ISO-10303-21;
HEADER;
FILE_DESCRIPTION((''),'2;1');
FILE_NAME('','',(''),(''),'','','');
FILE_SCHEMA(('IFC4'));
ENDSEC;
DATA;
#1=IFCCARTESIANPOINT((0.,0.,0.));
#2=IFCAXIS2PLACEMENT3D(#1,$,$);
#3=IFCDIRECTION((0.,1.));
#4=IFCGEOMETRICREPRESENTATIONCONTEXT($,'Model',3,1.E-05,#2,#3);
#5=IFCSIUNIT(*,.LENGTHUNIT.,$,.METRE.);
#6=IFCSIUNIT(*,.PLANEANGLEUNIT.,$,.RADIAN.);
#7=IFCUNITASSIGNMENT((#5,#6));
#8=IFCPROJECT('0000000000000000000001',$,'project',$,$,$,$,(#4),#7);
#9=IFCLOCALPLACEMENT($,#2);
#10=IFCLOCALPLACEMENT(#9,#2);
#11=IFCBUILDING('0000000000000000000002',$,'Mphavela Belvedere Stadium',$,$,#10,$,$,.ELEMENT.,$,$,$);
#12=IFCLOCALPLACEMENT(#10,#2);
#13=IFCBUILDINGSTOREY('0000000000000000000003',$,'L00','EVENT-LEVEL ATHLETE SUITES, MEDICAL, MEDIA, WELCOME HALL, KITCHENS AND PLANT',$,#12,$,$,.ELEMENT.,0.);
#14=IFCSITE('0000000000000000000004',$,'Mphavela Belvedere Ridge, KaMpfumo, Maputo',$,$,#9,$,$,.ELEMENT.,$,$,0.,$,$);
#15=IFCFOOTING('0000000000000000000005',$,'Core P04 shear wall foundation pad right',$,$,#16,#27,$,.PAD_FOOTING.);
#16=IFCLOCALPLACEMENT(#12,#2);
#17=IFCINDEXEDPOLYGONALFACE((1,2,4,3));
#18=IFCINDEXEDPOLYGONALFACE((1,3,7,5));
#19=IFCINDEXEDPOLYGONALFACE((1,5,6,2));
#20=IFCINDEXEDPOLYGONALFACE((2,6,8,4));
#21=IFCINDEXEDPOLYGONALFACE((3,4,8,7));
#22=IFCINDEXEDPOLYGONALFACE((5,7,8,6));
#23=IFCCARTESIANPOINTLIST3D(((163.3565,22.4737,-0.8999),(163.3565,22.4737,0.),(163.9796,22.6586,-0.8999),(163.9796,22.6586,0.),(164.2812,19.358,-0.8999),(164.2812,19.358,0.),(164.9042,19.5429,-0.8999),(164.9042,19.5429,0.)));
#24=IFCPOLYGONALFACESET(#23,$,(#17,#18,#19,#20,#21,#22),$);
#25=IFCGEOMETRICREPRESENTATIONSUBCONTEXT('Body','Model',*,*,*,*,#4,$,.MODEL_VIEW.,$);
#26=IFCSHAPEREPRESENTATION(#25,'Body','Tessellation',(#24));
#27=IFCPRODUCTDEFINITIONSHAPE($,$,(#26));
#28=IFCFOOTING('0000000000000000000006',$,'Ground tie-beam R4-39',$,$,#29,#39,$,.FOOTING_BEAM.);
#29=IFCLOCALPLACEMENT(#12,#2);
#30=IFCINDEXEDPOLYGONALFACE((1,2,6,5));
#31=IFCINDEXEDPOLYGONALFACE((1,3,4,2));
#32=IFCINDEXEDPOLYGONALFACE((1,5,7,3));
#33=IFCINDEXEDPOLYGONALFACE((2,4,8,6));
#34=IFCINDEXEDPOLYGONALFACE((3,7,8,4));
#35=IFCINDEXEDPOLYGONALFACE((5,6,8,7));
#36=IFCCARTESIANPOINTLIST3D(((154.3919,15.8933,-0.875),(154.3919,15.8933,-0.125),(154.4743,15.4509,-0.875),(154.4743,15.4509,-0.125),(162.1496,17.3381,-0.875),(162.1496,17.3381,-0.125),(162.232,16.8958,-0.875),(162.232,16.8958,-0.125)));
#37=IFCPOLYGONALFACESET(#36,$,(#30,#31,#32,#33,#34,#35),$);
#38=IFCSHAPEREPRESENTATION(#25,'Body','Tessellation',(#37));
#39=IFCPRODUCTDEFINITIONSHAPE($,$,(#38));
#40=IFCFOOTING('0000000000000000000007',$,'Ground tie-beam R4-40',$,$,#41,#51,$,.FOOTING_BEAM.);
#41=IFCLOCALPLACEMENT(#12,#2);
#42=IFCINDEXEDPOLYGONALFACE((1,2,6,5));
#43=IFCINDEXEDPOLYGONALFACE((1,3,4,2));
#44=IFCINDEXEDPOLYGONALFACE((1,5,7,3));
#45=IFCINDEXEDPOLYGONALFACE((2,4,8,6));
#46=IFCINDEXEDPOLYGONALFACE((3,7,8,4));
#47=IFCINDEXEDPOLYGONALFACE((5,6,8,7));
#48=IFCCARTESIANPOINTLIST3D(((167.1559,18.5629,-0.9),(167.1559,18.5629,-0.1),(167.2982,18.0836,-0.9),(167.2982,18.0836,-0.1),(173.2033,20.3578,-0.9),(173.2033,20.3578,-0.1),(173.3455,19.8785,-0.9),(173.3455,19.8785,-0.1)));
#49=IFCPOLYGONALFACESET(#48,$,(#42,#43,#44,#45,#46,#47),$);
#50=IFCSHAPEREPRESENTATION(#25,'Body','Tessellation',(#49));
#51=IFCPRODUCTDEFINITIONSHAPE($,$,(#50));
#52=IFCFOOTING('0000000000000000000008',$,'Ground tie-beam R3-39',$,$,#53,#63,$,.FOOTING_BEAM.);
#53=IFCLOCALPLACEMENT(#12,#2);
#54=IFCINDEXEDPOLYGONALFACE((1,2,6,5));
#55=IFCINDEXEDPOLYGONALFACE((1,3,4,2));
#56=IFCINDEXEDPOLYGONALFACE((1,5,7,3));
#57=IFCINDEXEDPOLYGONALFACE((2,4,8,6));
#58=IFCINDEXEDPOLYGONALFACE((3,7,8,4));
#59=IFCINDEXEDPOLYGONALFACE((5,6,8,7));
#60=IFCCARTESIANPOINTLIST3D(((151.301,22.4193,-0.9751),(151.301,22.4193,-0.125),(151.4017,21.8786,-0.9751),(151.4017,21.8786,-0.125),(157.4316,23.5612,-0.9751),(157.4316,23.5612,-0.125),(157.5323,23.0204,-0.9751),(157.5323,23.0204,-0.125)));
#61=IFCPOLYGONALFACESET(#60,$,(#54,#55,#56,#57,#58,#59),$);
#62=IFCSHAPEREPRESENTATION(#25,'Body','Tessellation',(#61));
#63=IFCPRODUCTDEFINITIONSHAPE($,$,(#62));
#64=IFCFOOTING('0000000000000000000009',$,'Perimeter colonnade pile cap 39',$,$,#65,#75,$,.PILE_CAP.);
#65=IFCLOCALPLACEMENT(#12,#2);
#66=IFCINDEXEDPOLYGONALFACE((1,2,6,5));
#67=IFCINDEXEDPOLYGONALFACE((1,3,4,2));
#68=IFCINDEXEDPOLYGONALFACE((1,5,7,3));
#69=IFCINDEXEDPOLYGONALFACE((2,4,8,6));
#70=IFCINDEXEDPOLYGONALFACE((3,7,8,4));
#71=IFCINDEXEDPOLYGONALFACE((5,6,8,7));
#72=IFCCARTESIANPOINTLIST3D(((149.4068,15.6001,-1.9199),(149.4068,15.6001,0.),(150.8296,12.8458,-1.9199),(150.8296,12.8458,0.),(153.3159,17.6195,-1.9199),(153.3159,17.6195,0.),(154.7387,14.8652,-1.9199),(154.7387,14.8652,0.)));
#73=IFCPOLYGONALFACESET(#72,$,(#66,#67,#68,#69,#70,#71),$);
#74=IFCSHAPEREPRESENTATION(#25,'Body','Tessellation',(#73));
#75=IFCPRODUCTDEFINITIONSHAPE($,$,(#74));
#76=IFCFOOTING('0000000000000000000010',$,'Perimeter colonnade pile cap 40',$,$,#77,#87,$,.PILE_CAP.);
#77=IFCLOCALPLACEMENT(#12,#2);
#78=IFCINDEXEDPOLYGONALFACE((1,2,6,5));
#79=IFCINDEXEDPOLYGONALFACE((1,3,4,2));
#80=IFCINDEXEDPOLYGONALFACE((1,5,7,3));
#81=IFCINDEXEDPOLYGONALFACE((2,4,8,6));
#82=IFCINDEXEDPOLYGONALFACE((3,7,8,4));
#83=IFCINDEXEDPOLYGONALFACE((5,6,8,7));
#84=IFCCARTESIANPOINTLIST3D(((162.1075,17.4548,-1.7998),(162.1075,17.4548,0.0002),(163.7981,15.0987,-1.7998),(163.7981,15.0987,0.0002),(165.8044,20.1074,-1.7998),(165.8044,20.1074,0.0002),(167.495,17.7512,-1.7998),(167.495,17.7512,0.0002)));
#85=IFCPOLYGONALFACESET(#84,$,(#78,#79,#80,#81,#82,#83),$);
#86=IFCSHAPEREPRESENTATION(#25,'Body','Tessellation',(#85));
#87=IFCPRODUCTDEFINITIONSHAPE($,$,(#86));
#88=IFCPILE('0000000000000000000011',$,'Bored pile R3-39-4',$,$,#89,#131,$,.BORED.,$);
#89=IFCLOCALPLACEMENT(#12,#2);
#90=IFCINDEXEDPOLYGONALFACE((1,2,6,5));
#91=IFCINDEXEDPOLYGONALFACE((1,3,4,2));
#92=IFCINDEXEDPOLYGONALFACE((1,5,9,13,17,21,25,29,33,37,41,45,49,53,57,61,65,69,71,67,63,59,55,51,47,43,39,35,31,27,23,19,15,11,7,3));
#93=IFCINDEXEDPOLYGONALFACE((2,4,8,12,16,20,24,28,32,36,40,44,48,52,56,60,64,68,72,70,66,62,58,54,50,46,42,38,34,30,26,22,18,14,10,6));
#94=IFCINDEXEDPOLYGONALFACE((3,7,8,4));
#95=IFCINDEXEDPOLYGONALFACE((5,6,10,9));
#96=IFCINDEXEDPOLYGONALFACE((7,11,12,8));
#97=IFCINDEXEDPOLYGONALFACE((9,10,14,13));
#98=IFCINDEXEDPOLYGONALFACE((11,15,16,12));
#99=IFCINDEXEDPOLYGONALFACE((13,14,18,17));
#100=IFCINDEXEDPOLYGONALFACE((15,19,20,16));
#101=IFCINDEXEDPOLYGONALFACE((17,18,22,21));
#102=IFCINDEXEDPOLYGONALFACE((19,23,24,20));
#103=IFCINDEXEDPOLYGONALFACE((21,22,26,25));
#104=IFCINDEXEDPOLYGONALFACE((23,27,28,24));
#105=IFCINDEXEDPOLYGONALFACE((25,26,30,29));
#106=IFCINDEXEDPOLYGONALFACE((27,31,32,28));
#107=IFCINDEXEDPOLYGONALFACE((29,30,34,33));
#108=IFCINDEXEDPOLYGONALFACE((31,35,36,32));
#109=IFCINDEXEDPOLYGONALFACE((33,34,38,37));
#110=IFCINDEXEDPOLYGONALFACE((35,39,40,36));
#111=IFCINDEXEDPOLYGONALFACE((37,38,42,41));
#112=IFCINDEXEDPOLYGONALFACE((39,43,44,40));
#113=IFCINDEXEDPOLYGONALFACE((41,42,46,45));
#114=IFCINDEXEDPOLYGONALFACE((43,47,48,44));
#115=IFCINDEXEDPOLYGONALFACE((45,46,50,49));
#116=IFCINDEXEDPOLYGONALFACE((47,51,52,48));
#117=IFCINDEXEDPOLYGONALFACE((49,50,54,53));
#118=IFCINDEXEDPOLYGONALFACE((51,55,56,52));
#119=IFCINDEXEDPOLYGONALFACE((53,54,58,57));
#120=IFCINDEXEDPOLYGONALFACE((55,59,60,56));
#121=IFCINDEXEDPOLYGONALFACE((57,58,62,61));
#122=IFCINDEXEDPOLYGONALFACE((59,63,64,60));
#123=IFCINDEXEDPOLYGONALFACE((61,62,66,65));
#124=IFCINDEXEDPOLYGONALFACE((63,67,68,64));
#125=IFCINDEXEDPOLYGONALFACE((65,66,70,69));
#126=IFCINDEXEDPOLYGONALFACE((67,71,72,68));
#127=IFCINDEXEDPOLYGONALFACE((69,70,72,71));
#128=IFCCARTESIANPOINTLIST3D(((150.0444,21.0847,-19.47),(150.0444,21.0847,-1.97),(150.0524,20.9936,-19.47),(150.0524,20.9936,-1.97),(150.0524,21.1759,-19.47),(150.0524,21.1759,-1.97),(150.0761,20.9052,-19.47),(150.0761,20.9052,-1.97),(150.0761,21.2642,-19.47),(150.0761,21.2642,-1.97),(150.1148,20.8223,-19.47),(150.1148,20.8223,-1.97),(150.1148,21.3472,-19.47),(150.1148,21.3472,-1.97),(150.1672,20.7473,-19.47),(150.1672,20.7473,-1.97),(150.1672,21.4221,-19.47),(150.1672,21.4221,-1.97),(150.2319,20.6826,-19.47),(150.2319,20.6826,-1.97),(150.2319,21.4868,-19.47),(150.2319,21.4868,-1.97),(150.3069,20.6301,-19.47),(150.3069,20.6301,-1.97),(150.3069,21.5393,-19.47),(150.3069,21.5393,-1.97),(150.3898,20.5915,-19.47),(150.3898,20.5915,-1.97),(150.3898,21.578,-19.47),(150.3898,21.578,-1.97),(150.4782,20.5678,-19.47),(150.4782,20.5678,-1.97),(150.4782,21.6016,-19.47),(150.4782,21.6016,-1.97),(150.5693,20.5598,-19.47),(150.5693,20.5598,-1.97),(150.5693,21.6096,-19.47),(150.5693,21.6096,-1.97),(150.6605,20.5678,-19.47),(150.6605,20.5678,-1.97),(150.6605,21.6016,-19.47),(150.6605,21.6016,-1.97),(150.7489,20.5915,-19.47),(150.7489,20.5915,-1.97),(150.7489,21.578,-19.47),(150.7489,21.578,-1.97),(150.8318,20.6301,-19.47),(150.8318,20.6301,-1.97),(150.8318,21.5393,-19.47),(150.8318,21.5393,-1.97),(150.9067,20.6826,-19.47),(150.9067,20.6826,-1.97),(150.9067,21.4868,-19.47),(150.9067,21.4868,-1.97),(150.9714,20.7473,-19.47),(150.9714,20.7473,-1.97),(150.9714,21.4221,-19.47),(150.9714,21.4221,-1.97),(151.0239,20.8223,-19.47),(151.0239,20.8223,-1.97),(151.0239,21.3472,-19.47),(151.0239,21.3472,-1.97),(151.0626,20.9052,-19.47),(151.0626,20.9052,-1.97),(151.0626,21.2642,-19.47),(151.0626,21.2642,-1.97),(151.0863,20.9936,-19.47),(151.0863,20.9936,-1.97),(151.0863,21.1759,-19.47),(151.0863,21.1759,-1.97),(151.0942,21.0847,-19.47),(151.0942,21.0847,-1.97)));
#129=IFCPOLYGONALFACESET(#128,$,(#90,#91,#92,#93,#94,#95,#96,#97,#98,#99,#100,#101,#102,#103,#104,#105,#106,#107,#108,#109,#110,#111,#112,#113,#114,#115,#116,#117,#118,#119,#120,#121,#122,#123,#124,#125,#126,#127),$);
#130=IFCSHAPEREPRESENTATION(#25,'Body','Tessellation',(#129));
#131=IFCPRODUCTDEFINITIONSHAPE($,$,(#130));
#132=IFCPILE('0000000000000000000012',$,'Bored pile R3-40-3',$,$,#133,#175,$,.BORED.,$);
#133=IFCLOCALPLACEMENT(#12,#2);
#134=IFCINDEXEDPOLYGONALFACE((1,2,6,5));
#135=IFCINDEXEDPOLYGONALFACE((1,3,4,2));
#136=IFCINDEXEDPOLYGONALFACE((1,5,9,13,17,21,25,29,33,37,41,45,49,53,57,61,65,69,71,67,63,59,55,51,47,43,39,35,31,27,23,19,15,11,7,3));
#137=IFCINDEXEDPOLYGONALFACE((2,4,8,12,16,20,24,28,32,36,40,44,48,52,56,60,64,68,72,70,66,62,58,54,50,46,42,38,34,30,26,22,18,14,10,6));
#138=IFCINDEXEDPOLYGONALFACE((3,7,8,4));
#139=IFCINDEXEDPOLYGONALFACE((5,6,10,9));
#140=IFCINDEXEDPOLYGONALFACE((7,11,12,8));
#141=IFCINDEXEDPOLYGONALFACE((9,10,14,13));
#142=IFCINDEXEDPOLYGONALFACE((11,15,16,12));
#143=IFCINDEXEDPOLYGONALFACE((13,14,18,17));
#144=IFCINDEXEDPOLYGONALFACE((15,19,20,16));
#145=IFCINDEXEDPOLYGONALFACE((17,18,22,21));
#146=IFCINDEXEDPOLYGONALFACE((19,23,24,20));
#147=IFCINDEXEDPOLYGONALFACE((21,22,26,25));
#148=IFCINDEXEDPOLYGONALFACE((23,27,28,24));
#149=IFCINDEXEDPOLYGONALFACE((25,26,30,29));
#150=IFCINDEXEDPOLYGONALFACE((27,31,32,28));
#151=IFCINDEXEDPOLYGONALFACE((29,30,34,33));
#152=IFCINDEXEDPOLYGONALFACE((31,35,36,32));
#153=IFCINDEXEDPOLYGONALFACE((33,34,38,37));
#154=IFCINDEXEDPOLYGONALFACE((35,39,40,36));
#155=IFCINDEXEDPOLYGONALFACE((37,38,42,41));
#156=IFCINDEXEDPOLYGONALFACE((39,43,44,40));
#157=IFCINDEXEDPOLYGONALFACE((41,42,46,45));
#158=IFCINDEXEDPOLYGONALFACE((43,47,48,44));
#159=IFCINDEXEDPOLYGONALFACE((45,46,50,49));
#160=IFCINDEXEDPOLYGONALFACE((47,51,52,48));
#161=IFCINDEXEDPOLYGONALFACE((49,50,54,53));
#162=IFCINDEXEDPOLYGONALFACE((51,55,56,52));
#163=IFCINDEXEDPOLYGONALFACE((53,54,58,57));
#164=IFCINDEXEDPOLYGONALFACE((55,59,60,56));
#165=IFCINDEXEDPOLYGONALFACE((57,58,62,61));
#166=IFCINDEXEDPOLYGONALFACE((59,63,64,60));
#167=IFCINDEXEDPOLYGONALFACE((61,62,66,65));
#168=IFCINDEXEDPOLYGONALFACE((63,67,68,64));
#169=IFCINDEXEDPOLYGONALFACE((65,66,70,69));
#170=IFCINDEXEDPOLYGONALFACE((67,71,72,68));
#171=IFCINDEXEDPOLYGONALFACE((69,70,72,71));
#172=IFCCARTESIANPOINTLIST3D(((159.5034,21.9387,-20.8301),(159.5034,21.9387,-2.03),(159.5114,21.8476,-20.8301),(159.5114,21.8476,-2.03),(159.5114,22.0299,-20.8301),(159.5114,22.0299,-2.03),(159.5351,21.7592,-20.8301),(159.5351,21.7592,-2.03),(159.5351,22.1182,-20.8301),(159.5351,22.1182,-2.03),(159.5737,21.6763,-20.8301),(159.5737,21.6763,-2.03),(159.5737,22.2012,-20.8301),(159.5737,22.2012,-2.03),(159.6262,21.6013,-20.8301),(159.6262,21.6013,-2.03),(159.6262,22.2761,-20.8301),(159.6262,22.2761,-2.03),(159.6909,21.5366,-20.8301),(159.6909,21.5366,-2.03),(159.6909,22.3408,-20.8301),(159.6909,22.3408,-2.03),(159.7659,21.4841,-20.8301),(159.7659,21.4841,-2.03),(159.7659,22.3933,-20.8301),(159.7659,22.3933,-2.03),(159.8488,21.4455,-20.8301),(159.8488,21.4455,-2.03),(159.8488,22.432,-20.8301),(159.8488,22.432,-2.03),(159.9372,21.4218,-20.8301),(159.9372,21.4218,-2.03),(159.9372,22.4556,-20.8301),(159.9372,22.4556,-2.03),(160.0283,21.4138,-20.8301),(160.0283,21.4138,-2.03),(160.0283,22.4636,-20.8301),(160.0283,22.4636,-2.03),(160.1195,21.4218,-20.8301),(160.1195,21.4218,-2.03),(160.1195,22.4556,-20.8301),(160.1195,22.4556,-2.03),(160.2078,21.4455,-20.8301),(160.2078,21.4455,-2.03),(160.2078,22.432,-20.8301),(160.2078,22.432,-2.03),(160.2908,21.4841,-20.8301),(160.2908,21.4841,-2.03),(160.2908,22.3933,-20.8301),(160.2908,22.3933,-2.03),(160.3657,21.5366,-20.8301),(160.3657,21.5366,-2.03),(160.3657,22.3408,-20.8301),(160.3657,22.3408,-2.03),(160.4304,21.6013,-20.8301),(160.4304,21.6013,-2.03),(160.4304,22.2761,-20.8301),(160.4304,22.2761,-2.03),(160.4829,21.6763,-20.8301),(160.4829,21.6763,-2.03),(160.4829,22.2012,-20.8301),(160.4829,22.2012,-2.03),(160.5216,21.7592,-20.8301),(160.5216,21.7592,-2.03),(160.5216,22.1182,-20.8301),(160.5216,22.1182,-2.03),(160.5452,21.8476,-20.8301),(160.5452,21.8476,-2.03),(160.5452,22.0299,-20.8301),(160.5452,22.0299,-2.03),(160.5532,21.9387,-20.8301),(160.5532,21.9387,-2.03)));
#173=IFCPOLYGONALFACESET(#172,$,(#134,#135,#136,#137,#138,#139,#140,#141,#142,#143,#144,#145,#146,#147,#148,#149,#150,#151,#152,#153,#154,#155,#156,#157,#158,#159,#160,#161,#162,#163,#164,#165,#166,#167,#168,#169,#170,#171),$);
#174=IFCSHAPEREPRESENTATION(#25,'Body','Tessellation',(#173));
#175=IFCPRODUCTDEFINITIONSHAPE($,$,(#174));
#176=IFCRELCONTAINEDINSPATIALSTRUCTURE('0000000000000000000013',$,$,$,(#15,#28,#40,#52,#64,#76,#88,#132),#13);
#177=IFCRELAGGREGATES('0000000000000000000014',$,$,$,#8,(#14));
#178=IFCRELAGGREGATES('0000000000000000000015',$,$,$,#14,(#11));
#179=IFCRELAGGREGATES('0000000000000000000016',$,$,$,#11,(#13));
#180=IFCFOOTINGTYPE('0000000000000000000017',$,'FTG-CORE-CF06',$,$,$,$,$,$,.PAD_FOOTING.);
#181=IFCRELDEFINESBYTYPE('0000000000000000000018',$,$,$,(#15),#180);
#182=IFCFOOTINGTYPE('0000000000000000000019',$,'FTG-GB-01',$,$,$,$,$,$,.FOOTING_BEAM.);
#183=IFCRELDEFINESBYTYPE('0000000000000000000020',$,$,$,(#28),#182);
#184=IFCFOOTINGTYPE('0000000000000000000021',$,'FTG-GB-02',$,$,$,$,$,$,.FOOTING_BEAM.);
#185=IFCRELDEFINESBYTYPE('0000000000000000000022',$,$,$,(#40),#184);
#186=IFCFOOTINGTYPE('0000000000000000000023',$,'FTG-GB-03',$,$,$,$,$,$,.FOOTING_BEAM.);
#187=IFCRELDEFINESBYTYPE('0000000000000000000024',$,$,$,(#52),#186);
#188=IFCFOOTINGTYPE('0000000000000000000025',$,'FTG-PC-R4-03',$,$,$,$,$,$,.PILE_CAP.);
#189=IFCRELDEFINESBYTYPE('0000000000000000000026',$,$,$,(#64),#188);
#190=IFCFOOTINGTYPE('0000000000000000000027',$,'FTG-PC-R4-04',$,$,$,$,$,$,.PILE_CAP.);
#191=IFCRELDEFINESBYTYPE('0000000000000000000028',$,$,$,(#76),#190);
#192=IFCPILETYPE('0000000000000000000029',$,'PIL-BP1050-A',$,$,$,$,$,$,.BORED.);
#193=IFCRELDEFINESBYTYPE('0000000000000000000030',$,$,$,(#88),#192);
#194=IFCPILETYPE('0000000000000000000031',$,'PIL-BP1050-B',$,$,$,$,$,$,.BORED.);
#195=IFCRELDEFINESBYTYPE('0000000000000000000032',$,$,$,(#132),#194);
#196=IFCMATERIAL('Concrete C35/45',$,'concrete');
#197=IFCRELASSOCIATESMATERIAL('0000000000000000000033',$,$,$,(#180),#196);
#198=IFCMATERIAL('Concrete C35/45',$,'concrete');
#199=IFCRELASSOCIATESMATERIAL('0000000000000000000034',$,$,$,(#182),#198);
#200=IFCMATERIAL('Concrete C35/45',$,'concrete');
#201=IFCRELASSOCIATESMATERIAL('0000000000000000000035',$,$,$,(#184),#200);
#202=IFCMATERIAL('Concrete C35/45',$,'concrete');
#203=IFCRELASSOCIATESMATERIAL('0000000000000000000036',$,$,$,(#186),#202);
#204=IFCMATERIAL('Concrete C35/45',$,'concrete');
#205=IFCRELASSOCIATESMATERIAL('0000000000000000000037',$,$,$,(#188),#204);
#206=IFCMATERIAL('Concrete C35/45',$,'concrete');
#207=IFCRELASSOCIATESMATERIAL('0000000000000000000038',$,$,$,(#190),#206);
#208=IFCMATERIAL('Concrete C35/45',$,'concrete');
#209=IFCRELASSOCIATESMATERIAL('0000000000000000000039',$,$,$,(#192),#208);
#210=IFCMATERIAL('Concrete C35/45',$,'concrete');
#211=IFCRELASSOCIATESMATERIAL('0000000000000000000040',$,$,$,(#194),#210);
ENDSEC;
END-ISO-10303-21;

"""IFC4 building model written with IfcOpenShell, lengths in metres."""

from ifc_helpers import new_model, si_unit, direction, frame, origin, origin_2d, place, context, subcontext, project, spatial, rectangle, circle, extrude, material, material_profile, profile_set, type_object, element, save


model = new_model("IFC4")

# Units and contexts
model_context = context("Model", 3, precision=1e-05, world=origin(), true_north=direction((0.0, 1.0)))
body_context = subcontext(model_context, "Body", "Model", "MODEL_VIEW")
ifc_project = project(units=[si_unit("LENGTHUNIT", "METRE"), si_unit("PLANEANGLEUNIT", "RADIAN")], contexts=[model_context])

# Site, building, storey
site_placement = place(None, origin())
site = spatial("IfcSite", under=ifc_project, at=site_placement, Name="Mphavela Belvedere Ridge, KaMpfumo, Maputo", CompositionType="ELEMENT", RefElevation=0.0)
building_placement = place(site_placement, origin())
building = spatial("IfcBuilding", under=site, at=building_placement, Name="Mphavela Belvedere Stadium", CompositionType="ELEMENT")
storey_placement = place(building_placement, origin())
storey = spatial("IfcBuildingStorey", under=building, at=storey_placement, Name="L00", Description="EVENT-LEVEL ATHLETE SUITES, MEDICAL, MEDIA, WELCOME HALL, KITCHENS AND PLANT", CompositionType="ELEMENT", Elevation=0.0)

# Footings
ifc_material_1 = material(Name="Concrete C35/45", Category="concrete")
footing_type_1 = type_object("IfcFootingType", Name="FTG-CORE-CF06", PredefinedType="PAD_FOOTING", material=ifc_material_1)
footing_1_placement = place(storey_placement, frame((164.1304, 21.0083, -0.8999), z_axis=(0.0, 0.0, 1.0), x_axis=(0.284517, -0.958671, 0.0)))
element("IfcFooting", 1, at=footing_1_placement, inside=storey, type_object=footing_type_1, Name="Core P04 shear wall foundation pad right", PredefinedType="PAD_FOOTING", context=body_context, shape_type="SweptSolid", body=[
    extrude(rectangle(XDim=3.25, YDim=0.6499, at=origin_2d()), origin(), (0.0, 0.0, 1.0), 0.8999),
])
ifc_material_2 = material(Name="Concrete C35/45", Category="concrete")
ifc_material_profile_1 = material_profile(ifc_material_2, rectangle(XDim=0.45, YDim=0.75, at=origin_2d()), Name="GB 450x750")
ifc_profile_set_1 = profile_set([ifc_material_profile_1], Name="Concrete C35/45")
footing_type_2 = type_object("IfcFootingType", Name="FTG-GB-01", PredefinedType="FOOTING_BEAM", material=ifc_profile_set_1)
footing_2_placement = place(storey_placement, frame((154.4331, 15.6721, -0.5), z_axis=(0.983096, 0.183093, 0.0), x_axis=(-0.183093, 0.983096, 0.0)))
element("IfcFooting", 2, at=footing_2_placement, inside=storey, type_object=footing_type_2, Name="Ground tie-beam R4-39", PredefinedType="FOOTING_BEAM", context=body_context, shape_type="SweptSolid", body=[
    extrude(rectangle(XDim=0.45, YDim=0.75, at=origin_2d()), origin(), (0.0, 0.0, 1.0), 7.8911),
])
ifc_material_3 = material(Name="Concrete C35/45", Category="concrete")
ifc_material_profile_2 = material_profile(ifc_material_3, rectangle(XDim=0.5, YDim=0.8, at=origin_2d()), Name="GB 500x800")
ifc_profile_set_2 = profile_set([ifc_material_profile_2], Name="Concrete C35/45")
footing_type_3 = type_object("IfcFootingType", Name="FTG-GB-02", PredefinedType="FOOTING_BEAM", material=ifc_profile_set_2)
footing_3_placement = place(storey_placement, frame((167.2271, 18.3232, -0.5), z_axis=(0.958664, 0.284542, 0.0), x_axis=(-0.284542, 0.958664, 0.0)))
element("IfcFooting", 3, at=footing_3_placement, inside=storey, type_object=footing_type_3, Name="Ground tie-beam R4-40", PredefinedType="FOOTING_BEAM", context=body_context, shape_type="SweptSolid", body=[
    extrude(rectangle(XDim=0.5, YDim=0.8, at=origin_2d()), origin(), (0.0, 0.0, 1.0), 6.3081),
])
ifc_material_4 = material(Name="Concrete C35/45", Category="concrete")
ifc_material_profile_3 = material_profile(ifc_material_4, rectangle(XDim=0.55, YDim=0.8501, at=origin_2d()), Name="GB 550x850")
ifc_profile_set_3 = profile_set([ifc_material_profile_3], Name="Concrete C35/45")
footing_type_4 = type_object("IfcFootingType", Name="FTG-GB-03", PredefinedType="FOOTING_BEAM", material=ifc_profile_set_3)
footing_4_placement = place(storey_placement, frame((151.3513, 22.1489, -0.55), z_axis=(0.983094, 0.183104, 0.0), x_axis=(-0.183104, 0.983094, 0.0)))
element("IfcFooting", 4, at=footing_4_placement, inside=storey, type_object=footing_type_4, Name="Ground tie-beam R3-39", PredefinedType="FOOTING_BEAM", context=body_context, shape_type="SweptSolid", body=[
    extrude(rectangle(XDim=0.55, YDim=0.8501, at=origin_2d()), origin(), (0.0, 0.0, 1.0), 6.2361),
])
ifc_material_5 = material(Name="Concrete C35/45", Category="concrete")
footing_type_5 = type_object("IfcFootingType", Name="FTG-PC-R4-03", PredefinedType="PILE_CAP", material=ifc_material_5)
footing_5_placement = place(storey_placement, frame((152.0728, 15.2327, -1.9199), z_axis=(0.0, 0.0, 1.0), x_axis=(0.888457, 0.45896, 0.0)))
element("IfcFooting", 5, at=footing_5_placement, inside=storey, type_object=footing_type_5, Name="Perimeter colonnade pile cap 39", PredefinedType="PILE_CAP", context=body_context, shape_type="SweptSolid", body=[
    extrude(rectangle(XDim=4.3999, YDim=3.1001, at=origin_2d()), origin(), (0.0, 0.0, 1.0), 1.9199),
])
ifc_material_6 = material(Name="Concrete C35/45", Category="concrete")
footing_type_6 = type_object("IfcFootingType", Name="FTG-PC-R4-04", PredefinedType="PILE_CAP", material=ifc_material_6)
footing_6_placement = place(storey_placement, frame((164.8013, 17.603, -1.7998), z_axis=(0.0, 0.0, 1.0), x_axis=(0.812491, 0.582974, 0.0)))
element("IfcFooting", 6, at=footing_6_placement, inside=storey, type_object=footing_type_6, Name="Perimeter colonnade pile cap 40", PredefinedType="PILE_CAP", context=body_context, shape_type="SweptSolid", body=[
    extrude(rectangle(XDim=4.55, YDim=2.8999, at=origin_2d()), origin(), (0.0, 0.0, 1.0), 1.8),
])

# Piles
ifc_material_7 = material(Name="Concrete C35/45", Category="concrete")
ifc_material_profile_4 = material_profile(ifc_material_7, circle(Radius=0.5249, at=origin_2d()), Name="BP D1050")
ifc_profile_set_4 = profile_set([ifc_material_profile_4], Name="Concrete C35/45")
pile_type_1 = type_object("IfcPileType", Name="PIL-BP1050-A", PredefinedType="BORED", material=ifc_profile_set_4)
pile_1_placement = place(storey_placement, frame((150.5693, 21.0847, -1.97), z_axis=(0.0, 0.0, -1.0), x_axis=(1.0, 0.0, 0.0)))
element("IfcPile", 7, at=pile_1_placement, inside=storey, type_object=pile_type_1, Name="Bored pile R3-39-4", PredefinedType="BORED", context=body_context, shape_type="SweptSolid", body=[
    extrude(circle(Radius=0.5249, at=origin_2d()), origin(), (0.0, 0.0, 1.0), 17.5),
])
ifc_material_8 = material(Name="Concrete C35/45", Category="concrete")
ifc_material_profile_5 = material_profile(ifc_material_8, circle(Radius=0.5249, at=origin_2d()), Name="BP D1050")
ifc_profile_set_5 = profile_set([ifc_material_profile_5], Name="Concrete C35/45")
pile_type_2 = type_object("IfcPileType", Name="PIL-BP1050-B", PredefinedType="BORED", material=ifc_profile_set_5)
pile_2_placement = place(storey_placement, frame((160.0283, 21.9387, -2.03), z_axis=(0.0, 0.0, -1.0), x_axis=(1.0, 0.0, 0.0)))
element("IfcPile", 8, at=pile_2_placement, inside=storey, type_object=pile_type_2, Name="Bored pile R3-40-3", PredefinedType="BORED", context=body_context, shape_type="SweptSolid", body=[
    extrude(circle(Radius=0.5249, at=origin_2d()), origin(), (0.0, 0.0, 1.0), 18.8),
])

save(model, "model.ifc")
